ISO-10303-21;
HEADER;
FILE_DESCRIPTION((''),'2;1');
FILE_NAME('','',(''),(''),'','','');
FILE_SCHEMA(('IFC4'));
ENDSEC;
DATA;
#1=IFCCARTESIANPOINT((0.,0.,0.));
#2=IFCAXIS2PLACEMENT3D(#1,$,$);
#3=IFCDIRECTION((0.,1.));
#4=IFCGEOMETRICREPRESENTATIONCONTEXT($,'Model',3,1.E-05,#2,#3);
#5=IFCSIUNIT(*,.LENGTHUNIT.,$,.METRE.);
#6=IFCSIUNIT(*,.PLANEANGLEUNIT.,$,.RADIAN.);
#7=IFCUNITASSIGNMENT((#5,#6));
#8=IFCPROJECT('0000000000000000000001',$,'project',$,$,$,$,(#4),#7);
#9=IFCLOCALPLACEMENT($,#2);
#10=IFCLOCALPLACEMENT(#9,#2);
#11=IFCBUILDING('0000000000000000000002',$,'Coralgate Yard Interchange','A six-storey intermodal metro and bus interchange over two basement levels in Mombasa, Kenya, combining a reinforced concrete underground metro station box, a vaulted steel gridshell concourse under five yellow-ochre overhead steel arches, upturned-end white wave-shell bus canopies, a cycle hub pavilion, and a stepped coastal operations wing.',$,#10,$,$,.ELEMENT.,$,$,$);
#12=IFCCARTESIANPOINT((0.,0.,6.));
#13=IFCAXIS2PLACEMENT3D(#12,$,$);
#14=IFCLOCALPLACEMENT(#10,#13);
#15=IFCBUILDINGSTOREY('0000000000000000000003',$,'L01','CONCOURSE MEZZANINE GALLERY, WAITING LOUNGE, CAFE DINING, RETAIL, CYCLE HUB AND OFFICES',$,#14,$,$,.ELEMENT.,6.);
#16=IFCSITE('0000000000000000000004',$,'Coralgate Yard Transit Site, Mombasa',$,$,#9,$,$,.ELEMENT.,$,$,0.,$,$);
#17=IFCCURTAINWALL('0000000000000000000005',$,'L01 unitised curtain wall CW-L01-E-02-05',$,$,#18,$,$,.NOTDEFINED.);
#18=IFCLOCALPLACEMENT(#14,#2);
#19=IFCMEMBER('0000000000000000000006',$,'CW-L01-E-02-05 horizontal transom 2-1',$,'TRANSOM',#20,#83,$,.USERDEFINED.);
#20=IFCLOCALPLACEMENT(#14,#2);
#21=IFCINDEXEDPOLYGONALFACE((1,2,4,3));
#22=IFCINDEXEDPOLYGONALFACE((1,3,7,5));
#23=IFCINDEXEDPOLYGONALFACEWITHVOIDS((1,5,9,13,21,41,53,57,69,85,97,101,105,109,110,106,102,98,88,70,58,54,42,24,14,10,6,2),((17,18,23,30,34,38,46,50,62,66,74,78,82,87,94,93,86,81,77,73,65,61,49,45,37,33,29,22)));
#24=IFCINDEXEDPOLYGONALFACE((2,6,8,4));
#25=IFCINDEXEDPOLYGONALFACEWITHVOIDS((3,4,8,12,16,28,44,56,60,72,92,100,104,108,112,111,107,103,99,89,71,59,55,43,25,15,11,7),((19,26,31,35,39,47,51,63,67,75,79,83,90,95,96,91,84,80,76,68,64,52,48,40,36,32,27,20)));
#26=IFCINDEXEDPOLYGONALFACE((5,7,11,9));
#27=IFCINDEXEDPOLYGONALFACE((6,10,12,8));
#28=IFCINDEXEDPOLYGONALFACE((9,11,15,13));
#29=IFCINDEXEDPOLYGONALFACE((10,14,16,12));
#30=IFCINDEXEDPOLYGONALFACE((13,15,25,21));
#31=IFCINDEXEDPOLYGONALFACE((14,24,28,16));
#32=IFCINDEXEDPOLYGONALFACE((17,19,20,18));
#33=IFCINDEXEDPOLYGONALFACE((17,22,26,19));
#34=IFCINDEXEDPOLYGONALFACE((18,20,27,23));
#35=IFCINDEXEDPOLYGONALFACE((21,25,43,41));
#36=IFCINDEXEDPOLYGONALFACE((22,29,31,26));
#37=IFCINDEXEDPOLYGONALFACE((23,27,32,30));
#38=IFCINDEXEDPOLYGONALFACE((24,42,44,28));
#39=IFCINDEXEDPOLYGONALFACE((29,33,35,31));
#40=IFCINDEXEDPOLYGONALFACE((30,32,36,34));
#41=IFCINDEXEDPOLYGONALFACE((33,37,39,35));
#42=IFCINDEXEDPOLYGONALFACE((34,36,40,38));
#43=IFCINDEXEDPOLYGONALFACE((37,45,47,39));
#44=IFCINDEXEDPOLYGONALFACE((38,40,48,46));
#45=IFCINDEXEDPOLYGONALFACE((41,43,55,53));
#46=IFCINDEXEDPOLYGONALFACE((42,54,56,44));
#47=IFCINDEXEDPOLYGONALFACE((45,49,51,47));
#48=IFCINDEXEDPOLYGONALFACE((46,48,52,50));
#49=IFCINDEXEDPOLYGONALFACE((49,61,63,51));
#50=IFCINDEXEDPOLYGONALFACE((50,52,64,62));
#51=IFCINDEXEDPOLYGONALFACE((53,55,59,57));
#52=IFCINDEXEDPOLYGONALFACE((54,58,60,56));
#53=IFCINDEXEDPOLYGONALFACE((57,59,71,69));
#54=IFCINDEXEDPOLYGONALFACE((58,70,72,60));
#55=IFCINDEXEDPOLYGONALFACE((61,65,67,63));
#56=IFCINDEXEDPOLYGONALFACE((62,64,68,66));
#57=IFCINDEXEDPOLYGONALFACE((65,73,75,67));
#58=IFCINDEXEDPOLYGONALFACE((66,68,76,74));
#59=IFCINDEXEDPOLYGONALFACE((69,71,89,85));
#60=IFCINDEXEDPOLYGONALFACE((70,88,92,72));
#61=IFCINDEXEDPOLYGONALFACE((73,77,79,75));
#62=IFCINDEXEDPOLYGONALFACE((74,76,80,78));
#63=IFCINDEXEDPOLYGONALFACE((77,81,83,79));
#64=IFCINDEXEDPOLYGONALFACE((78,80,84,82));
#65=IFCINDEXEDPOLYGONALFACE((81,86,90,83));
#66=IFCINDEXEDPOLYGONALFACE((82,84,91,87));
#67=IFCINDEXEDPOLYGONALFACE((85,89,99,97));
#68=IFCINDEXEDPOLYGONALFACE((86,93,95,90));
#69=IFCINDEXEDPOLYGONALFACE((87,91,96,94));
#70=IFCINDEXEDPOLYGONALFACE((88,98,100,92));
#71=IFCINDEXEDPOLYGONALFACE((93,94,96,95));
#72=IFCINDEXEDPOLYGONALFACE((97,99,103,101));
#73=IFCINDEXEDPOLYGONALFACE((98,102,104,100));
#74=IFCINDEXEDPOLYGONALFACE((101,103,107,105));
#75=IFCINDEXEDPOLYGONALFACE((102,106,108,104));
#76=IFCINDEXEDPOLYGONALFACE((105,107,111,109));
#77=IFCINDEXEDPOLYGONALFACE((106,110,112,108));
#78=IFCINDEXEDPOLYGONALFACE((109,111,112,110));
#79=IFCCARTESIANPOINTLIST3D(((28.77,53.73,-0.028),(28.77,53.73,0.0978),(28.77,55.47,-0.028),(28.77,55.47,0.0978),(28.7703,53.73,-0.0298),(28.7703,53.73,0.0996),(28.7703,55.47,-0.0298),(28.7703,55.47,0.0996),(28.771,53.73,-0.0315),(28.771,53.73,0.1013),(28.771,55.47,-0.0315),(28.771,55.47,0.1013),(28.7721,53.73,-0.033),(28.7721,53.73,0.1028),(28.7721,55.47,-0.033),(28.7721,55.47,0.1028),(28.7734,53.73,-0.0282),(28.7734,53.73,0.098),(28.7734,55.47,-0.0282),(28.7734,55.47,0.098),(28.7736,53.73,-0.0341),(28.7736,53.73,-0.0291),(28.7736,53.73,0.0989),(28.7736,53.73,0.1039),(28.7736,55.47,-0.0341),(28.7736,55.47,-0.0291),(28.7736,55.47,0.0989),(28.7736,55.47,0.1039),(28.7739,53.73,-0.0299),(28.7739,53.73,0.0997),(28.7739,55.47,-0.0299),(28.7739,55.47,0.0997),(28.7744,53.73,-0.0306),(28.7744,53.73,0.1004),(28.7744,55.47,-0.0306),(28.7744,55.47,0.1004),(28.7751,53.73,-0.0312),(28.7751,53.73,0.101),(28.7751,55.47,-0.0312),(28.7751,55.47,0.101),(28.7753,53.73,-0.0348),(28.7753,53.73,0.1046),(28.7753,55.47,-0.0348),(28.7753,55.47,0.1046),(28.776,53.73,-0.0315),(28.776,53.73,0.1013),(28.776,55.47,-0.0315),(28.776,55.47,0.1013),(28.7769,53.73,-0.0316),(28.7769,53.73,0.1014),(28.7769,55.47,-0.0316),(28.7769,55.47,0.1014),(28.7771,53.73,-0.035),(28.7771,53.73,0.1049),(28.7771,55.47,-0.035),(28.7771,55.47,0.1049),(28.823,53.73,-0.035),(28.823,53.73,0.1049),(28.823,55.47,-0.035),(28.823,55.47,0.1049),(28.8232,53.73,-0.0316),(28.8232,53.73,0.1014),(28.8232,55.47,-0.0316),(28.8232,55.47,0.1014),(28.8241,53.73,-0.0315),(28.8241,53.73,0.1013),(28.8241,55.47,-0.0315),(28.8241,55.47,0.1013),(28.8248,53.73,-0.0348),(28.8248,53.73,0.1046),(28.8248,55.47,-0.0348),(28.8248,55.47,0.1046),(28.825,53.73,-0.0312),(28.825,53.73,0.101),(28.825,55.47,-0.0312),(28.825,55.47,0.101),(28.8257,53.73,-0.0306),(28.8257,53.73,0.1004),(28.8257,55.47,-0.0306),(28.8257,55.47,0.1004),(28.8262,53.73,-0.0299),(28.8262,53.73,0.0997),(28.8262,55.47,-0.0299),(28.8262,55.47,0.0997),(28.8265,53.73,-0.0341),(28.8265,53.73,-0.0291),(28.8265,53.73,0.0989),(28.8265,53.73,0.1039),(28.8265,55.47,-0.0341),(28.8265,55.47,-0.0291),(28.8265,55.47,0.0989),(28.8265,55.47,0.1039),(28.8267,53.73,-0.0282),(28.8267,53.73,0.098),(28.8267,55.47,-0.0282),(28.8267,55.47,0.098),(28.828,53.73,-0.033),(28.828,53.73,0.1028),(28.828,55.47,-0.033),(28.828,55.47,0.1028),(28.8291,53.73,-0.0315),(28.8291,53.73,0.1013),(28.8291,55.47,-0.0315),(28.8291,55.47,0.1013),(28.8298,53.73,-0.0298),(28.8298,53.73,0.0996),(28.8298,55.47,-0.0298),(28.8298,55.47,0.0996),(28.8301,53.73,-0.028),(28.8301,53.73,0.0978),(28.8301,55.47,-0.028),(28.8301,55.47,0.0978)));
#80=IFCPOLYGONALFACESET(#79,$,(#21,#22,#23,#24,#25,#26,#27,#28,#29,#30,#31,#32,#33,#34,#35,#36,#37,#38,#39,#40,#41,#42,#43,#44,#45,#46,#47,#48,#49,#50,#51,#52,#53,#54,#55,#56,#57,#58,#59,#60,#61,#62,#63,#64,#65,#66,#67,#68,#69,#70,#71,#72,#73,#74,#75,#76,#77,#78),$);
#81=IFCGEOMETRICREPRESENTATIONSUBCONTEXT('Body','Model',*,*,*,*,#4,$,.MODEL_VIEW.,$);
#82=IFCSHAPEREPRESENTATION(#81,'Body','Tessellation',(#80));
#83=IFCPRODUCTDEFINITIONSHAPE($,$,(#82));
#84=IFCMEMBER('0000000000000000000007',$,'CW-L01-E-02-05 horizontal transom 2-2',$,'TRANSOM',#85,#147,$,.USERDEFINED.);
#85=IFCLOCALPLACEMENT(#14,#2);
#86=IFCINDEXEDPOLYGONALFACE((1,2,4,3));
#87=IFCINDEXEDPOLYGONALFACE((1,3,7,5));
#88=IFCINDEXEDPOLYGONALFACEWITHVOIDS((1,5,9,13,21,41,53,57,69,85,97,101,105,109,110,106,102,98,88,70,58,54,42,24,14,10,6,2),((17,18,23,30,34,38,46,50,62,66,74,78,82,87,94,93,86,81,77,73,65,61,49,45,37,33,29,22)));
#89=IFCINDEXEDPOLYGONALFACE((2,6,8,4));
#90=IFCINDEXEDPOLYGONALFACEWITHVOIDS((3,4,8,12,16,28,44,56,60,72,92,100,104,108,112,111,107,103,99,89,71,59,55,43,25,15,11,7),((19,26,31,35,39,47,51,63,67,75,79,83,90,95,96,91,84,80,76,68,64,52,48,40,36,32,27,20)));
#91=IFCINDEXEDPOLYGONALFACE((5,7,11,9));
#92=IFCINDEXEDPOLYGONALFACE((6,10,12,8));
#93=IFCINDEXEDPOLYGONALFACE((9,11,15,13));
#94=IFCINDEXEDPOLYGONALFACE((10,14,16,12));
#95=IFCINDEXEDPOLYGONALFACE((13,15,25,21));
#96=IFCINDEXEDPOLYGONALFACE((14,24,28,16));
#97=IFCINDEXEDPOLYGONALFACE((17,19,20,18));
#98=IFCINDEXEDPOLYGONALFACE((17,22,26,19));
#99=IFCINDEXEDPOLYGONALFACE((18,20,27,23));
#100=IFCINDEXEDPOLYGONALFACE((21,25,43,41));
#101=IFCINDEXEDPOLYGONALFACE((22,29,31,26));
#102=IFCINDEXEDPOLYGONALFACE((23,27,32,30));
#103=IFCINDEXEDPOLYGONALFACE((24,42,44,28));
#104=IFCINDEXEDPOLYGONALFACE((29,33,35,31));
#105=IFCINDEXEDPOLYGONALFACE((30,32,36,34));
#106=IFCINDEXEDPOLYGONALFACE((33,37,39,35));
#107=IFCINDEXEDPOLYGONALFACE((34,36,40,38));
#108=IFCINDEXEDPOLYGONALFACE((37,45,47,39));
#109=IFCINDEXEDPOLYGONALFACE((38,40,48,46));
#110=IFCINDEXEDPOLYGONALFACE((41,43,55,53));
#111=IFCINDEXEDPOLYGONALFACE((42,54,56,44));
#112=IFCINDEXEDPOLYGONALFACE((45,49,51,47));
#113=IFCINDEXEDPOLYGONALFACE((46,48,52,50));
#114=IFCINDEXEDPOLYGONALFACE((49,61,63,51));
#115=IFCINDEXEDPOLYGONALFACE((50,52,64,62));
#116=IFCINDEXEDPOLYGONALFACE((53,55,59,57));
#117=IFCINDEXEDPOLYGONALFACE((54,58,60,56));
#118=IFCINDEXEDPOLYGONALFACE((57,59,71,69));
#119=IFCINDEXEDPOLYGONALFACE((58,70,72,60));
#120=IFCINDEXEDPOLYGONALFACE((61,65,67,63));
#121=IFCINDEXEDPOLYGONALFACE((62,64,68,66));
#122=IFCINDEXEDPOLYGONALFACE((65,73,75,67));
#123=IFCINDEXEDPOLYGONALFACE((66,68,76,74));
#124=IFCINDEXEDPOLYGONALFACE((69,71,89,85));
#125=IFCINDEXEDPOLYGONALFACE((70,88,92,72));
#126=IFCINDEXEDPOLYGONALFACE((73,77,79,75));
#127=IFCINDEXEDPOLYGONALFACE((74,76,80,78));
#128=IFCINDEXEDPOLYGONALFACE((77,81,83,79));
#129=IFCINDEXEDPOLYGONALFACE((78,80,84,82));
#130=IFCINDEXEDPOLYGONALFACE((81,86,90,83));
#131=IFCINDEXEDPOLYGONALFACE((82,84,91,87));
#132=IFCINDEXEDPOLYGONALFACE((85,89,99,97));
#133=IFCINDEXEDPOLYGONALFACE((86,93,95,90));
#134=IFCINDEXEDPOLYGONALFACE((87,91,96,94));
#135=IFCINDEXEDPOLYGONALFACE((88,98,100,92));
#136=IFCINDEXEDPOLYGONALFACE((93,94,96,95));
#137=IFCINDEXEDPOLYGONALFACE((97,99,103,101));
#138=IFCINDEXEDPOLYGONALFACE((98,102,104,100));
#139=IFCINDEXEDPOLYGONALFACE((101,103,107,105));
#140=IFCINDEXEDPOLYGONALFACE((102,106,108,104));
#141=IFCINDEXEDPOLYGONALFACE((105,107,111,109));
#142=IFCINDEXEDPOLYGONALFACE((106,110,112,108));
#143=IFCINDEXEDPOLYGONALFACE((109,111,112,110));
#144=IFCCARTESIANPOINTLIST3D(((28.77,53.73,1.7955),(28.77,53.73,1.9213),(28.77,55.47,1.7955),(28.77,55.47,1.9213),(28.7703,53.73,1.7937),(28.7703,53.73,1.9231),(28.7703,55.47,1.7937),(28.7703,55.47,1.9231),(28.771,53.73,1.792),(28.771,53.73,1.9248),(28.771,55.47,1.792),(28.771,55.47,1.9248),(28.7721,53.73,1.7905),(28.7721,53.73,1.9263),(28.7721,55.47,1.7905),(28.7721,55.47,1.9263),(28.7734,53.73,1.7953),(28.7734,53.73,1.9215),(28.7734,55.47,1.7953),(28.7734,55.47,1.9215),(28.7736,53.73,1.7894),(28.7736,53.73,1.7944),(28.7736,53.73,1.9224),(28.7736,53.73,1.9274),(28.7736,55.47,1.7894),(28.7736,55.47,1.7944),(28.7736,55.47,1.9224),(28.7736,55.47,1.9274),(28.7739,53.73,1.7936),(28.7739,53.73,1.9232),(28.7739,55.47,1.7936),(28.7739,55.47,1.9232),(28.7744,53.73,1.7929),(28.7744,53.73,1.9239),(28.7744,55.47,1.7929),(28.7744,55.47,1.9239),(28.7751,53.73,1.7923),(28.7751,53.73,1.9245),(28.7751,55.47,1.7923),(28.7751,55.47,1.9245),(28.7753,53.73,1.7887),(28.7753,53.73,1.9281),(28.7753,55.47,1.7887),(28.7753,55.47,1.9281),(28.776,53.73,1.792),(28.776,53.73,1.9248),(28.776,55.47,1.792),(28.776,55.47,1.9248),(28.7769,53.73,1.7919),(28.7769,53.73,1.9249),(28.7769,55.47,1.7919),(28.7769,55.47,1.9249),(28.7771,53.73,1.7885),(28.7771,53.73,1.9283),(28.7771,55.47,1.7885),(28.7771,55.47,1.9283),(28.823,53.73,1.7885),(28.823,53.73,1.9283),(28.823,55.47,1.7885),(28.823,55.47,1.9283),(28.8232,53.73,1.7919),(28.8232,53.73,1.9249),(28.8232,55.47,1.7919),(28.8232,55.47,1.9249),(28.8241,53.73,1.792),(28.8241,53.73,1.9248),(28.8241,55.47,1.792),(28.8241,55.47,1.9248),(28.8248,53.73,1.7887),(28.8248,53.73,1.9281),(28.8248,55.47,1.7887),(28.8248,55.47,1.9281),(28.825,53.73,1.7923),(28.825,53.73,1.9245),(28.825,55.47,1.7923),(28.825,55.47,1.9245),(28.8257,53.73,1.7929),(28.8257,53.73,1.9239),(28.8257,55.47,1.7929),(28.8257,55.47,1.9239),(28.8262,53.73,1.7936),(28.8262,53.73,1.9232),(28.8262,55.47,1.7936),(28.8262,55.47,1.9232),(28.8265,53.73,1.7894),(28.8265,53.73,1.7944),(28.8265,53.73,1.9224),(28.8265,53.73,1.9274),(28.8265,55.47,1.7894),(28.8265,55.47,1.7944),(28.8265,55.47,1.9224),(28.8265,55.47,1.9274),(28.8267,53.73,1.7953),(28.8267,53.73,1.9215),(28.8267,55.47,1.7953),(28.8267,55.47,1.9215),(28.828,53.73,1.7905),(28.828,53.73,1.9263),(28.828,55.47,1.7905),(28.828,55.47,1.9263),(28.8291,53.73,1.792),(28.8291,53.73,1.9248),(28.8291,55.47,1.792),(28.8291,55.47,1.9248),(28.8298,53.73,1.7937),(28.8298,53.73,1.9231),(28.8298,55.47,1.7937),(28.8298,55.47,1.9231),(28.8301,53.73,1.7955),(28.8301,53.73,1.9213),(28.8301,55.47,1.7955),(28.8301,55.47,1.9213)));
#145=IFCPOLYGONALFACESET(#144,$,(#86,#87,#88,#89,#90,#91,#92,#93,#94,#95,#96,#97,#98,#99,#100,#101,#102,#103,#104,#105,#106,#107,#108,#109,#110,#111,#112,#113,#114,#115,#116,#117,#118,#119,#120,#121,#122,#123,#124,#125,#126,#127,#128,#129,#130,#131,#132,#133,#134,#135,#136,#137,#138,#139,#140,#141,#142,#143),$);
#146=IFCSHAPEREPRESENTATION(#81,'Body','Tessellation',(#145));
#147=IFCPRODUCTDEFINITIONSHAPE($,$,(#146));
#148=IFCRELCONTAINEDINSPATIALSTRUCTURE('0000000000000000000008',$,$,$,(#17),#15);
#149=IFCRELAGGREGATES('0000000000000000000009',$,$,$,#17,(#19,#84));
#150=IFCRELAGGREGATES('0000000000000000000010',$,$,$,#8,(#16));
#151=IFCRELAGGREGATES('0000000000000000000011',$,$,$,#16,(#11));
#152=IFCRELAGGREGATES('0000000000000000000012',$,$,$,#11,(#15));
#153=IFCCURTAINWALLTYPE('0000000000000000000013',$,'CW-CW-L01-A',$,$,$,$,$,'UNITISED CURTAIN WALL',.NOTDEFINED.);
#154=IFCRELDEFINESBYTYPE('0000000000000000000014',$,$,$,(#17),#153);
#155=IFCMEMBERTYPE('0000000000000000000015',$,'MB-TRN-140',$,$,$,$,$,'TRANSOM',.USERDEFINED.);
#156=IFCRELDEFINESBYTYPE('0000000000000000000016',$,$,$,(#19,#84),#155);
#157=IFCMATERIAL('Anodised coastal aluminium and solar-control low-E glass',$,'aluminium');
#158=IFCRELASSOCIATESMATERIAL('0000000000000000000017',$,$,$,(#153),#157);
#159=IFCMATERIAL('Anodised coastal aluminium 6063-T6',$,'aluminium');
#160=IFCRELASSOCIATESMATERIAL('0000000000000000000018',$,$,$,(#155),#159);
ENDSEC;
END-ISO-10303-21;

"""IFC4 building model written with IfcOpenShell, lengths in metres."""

from ifc_helpers import new_model, si_unit, direction, frame, origin, origin_2d, place, context, subcontext, project, spatial, hollow_rectangle, extrude, material, material_profile, profile_set, type_object, element, aggregate, save


model = new_model("IFC4")

# Units and contexts
model_context = context("Model", 3, precision=1e-05, world=origin(), true_north=direction((0.0, 1.0)))
body_context = subcontext(model_context, "Body", "Model", "MODEL_VIEW")
ifc_project = project(units=[si_unit("LENGTHUNIT", "METRE"), si_unit("PLANEANGLEUNIT", "RADIAN")], contexts=[model_context])

# Site, building, storey
site_placement = place(None, origin())
site = spatial("IfcSite", under=ifc_project, at=site_placement, Name="Coralgate Yard Transit Site, Mombasa", CompositionType="ELEMENT", RefElevation=0.0)
building_placement = place(site_placement, origin())
building = spatial("IfcBuilding", under=site, at=building_placement, Name="Coralgate Yard Interchange", Description="A six-storey intermodal metro and bus interchange over two basement levels in Mombasa, Kenya, combining a reinforced concrete underground metro station box, a vaulted steel gridshell concourse under five yellow-ochre overhead steel arches, upturned-end white wave-shell bus canopies, a cycle hub pavilion, and a stepped coastal operations wing.", CompositionType="ELEMENT")
storey_placement = place(building_placement, frame((0.0, 0.0, 6.0)))
storey = spatial("IfcBuildingStorey", under=building, at=storey_placement, Name="L01", Description="CONCOURSE MEZZANINE GALLERY, WAITING LOUNGE, CAFE DINING, RETAIL, CYCLE HUB AND OFFICES", CompositionType="ELEMENT", Elevation=6.0)

# Curtain wall
ifc_material_1 = material(Name="Anodised coastal aluminium and solar-control low-E glass", Category="aluminium")
curtain_wall_type = type_object("IfcCurtainWallType", Name="CW-CW-L01-A", ElementType="UNITISED CURTAIN WALL", PredefinedType="NOTDEFINED", material=ifc_material_1)
curtain_wall_1_placement = place(storey_placement, origin())
curtain_wall_1 = element("IfcCurtainWall", 1, at=curtain_wall_1_placement, inside=storey, type_object=curtain_wall_type, Name="L01 unitised curtain wall CW-L01-E-02-05", PredefinedType="NOTDEFINED")
ifc_material_2 = material(Name="Anodised coastal aluminium 6063-T6", Category="aluminium")

# Members
ifc_material_profile_1 = material_profile(ifc_material_2, hollow_rectangle(XDim=0.0601, YDim=0.1399, WallThickness=0.0034, InnerFilletRadius=0.0034, OuterFilletRadius=0.0071, at=origin_2d()), Name="ALU 60x140x3.5")
ifc_profile_set_1 = profile_set([ifc_material_profile_1], Name="Anodised coastal aluminium 6063-T6")
member_type_1 = type_object("IfcMemberType", Name="MB-TRN-140", ElementType="TRANSOM", PredefinedType="USERDEFINED", material=ifc_profile_set_1)
member_1_placement = place(storey_placement, frame((28.8, 55.47, 0.0349), z_axis=(0.0, -1.0, 0.0), x_axis=(1.0, 0.0, 0.0)))
member_1 = element("IfcMember", 2, at=member_1_placement, type_object=member_type_1, Name="CW-L01-E-02-05 horizontal transom 2-1", ObjectType="TRANSOM", PredefinedType="USERDEFINED", context=body_context, shape_type="SweptSolid", body=[
    extrude(hollow_rectangle(XDim=0.0601, YDim=0.1399, WallThickness=0.0034, InnerFilletRadius=0.0034, OuterFilletRadius=0.0071, at=origin_2d()), origin(), (0.0, 0.0, 1.0), 1.74),
])
member_2_placement = place(storey_placement, frame((28.8, 55.47, 1.8584), z_axis=(0.0, -1.0, 0.0), x_axis=(1.0, 0.0, 0.0)))
member_2 = element("IfcMember", 3, at=member_2_placement, type_object=member_type_1, Name="CW-L01-E-02-05 horizontal transom 2-2", ObjectType="TRANSOM", PredefinedType="USERDEFINED", context=body_context, shape_type="SweptSolid", body=[
    extrude(hollow_rectangle(XDim=0.0601, YDim=0.1399, WallThickness=0.0034, InnerFilletRadius=0.0034, OuterFilletRadius=0.0071, at=origin_2d()), origin(), (0.0, 0.0, 1.0), 1.74),
])

aggregate(curtain_wall_1, [member_1, member_2])

save(model, "model.ifc")
